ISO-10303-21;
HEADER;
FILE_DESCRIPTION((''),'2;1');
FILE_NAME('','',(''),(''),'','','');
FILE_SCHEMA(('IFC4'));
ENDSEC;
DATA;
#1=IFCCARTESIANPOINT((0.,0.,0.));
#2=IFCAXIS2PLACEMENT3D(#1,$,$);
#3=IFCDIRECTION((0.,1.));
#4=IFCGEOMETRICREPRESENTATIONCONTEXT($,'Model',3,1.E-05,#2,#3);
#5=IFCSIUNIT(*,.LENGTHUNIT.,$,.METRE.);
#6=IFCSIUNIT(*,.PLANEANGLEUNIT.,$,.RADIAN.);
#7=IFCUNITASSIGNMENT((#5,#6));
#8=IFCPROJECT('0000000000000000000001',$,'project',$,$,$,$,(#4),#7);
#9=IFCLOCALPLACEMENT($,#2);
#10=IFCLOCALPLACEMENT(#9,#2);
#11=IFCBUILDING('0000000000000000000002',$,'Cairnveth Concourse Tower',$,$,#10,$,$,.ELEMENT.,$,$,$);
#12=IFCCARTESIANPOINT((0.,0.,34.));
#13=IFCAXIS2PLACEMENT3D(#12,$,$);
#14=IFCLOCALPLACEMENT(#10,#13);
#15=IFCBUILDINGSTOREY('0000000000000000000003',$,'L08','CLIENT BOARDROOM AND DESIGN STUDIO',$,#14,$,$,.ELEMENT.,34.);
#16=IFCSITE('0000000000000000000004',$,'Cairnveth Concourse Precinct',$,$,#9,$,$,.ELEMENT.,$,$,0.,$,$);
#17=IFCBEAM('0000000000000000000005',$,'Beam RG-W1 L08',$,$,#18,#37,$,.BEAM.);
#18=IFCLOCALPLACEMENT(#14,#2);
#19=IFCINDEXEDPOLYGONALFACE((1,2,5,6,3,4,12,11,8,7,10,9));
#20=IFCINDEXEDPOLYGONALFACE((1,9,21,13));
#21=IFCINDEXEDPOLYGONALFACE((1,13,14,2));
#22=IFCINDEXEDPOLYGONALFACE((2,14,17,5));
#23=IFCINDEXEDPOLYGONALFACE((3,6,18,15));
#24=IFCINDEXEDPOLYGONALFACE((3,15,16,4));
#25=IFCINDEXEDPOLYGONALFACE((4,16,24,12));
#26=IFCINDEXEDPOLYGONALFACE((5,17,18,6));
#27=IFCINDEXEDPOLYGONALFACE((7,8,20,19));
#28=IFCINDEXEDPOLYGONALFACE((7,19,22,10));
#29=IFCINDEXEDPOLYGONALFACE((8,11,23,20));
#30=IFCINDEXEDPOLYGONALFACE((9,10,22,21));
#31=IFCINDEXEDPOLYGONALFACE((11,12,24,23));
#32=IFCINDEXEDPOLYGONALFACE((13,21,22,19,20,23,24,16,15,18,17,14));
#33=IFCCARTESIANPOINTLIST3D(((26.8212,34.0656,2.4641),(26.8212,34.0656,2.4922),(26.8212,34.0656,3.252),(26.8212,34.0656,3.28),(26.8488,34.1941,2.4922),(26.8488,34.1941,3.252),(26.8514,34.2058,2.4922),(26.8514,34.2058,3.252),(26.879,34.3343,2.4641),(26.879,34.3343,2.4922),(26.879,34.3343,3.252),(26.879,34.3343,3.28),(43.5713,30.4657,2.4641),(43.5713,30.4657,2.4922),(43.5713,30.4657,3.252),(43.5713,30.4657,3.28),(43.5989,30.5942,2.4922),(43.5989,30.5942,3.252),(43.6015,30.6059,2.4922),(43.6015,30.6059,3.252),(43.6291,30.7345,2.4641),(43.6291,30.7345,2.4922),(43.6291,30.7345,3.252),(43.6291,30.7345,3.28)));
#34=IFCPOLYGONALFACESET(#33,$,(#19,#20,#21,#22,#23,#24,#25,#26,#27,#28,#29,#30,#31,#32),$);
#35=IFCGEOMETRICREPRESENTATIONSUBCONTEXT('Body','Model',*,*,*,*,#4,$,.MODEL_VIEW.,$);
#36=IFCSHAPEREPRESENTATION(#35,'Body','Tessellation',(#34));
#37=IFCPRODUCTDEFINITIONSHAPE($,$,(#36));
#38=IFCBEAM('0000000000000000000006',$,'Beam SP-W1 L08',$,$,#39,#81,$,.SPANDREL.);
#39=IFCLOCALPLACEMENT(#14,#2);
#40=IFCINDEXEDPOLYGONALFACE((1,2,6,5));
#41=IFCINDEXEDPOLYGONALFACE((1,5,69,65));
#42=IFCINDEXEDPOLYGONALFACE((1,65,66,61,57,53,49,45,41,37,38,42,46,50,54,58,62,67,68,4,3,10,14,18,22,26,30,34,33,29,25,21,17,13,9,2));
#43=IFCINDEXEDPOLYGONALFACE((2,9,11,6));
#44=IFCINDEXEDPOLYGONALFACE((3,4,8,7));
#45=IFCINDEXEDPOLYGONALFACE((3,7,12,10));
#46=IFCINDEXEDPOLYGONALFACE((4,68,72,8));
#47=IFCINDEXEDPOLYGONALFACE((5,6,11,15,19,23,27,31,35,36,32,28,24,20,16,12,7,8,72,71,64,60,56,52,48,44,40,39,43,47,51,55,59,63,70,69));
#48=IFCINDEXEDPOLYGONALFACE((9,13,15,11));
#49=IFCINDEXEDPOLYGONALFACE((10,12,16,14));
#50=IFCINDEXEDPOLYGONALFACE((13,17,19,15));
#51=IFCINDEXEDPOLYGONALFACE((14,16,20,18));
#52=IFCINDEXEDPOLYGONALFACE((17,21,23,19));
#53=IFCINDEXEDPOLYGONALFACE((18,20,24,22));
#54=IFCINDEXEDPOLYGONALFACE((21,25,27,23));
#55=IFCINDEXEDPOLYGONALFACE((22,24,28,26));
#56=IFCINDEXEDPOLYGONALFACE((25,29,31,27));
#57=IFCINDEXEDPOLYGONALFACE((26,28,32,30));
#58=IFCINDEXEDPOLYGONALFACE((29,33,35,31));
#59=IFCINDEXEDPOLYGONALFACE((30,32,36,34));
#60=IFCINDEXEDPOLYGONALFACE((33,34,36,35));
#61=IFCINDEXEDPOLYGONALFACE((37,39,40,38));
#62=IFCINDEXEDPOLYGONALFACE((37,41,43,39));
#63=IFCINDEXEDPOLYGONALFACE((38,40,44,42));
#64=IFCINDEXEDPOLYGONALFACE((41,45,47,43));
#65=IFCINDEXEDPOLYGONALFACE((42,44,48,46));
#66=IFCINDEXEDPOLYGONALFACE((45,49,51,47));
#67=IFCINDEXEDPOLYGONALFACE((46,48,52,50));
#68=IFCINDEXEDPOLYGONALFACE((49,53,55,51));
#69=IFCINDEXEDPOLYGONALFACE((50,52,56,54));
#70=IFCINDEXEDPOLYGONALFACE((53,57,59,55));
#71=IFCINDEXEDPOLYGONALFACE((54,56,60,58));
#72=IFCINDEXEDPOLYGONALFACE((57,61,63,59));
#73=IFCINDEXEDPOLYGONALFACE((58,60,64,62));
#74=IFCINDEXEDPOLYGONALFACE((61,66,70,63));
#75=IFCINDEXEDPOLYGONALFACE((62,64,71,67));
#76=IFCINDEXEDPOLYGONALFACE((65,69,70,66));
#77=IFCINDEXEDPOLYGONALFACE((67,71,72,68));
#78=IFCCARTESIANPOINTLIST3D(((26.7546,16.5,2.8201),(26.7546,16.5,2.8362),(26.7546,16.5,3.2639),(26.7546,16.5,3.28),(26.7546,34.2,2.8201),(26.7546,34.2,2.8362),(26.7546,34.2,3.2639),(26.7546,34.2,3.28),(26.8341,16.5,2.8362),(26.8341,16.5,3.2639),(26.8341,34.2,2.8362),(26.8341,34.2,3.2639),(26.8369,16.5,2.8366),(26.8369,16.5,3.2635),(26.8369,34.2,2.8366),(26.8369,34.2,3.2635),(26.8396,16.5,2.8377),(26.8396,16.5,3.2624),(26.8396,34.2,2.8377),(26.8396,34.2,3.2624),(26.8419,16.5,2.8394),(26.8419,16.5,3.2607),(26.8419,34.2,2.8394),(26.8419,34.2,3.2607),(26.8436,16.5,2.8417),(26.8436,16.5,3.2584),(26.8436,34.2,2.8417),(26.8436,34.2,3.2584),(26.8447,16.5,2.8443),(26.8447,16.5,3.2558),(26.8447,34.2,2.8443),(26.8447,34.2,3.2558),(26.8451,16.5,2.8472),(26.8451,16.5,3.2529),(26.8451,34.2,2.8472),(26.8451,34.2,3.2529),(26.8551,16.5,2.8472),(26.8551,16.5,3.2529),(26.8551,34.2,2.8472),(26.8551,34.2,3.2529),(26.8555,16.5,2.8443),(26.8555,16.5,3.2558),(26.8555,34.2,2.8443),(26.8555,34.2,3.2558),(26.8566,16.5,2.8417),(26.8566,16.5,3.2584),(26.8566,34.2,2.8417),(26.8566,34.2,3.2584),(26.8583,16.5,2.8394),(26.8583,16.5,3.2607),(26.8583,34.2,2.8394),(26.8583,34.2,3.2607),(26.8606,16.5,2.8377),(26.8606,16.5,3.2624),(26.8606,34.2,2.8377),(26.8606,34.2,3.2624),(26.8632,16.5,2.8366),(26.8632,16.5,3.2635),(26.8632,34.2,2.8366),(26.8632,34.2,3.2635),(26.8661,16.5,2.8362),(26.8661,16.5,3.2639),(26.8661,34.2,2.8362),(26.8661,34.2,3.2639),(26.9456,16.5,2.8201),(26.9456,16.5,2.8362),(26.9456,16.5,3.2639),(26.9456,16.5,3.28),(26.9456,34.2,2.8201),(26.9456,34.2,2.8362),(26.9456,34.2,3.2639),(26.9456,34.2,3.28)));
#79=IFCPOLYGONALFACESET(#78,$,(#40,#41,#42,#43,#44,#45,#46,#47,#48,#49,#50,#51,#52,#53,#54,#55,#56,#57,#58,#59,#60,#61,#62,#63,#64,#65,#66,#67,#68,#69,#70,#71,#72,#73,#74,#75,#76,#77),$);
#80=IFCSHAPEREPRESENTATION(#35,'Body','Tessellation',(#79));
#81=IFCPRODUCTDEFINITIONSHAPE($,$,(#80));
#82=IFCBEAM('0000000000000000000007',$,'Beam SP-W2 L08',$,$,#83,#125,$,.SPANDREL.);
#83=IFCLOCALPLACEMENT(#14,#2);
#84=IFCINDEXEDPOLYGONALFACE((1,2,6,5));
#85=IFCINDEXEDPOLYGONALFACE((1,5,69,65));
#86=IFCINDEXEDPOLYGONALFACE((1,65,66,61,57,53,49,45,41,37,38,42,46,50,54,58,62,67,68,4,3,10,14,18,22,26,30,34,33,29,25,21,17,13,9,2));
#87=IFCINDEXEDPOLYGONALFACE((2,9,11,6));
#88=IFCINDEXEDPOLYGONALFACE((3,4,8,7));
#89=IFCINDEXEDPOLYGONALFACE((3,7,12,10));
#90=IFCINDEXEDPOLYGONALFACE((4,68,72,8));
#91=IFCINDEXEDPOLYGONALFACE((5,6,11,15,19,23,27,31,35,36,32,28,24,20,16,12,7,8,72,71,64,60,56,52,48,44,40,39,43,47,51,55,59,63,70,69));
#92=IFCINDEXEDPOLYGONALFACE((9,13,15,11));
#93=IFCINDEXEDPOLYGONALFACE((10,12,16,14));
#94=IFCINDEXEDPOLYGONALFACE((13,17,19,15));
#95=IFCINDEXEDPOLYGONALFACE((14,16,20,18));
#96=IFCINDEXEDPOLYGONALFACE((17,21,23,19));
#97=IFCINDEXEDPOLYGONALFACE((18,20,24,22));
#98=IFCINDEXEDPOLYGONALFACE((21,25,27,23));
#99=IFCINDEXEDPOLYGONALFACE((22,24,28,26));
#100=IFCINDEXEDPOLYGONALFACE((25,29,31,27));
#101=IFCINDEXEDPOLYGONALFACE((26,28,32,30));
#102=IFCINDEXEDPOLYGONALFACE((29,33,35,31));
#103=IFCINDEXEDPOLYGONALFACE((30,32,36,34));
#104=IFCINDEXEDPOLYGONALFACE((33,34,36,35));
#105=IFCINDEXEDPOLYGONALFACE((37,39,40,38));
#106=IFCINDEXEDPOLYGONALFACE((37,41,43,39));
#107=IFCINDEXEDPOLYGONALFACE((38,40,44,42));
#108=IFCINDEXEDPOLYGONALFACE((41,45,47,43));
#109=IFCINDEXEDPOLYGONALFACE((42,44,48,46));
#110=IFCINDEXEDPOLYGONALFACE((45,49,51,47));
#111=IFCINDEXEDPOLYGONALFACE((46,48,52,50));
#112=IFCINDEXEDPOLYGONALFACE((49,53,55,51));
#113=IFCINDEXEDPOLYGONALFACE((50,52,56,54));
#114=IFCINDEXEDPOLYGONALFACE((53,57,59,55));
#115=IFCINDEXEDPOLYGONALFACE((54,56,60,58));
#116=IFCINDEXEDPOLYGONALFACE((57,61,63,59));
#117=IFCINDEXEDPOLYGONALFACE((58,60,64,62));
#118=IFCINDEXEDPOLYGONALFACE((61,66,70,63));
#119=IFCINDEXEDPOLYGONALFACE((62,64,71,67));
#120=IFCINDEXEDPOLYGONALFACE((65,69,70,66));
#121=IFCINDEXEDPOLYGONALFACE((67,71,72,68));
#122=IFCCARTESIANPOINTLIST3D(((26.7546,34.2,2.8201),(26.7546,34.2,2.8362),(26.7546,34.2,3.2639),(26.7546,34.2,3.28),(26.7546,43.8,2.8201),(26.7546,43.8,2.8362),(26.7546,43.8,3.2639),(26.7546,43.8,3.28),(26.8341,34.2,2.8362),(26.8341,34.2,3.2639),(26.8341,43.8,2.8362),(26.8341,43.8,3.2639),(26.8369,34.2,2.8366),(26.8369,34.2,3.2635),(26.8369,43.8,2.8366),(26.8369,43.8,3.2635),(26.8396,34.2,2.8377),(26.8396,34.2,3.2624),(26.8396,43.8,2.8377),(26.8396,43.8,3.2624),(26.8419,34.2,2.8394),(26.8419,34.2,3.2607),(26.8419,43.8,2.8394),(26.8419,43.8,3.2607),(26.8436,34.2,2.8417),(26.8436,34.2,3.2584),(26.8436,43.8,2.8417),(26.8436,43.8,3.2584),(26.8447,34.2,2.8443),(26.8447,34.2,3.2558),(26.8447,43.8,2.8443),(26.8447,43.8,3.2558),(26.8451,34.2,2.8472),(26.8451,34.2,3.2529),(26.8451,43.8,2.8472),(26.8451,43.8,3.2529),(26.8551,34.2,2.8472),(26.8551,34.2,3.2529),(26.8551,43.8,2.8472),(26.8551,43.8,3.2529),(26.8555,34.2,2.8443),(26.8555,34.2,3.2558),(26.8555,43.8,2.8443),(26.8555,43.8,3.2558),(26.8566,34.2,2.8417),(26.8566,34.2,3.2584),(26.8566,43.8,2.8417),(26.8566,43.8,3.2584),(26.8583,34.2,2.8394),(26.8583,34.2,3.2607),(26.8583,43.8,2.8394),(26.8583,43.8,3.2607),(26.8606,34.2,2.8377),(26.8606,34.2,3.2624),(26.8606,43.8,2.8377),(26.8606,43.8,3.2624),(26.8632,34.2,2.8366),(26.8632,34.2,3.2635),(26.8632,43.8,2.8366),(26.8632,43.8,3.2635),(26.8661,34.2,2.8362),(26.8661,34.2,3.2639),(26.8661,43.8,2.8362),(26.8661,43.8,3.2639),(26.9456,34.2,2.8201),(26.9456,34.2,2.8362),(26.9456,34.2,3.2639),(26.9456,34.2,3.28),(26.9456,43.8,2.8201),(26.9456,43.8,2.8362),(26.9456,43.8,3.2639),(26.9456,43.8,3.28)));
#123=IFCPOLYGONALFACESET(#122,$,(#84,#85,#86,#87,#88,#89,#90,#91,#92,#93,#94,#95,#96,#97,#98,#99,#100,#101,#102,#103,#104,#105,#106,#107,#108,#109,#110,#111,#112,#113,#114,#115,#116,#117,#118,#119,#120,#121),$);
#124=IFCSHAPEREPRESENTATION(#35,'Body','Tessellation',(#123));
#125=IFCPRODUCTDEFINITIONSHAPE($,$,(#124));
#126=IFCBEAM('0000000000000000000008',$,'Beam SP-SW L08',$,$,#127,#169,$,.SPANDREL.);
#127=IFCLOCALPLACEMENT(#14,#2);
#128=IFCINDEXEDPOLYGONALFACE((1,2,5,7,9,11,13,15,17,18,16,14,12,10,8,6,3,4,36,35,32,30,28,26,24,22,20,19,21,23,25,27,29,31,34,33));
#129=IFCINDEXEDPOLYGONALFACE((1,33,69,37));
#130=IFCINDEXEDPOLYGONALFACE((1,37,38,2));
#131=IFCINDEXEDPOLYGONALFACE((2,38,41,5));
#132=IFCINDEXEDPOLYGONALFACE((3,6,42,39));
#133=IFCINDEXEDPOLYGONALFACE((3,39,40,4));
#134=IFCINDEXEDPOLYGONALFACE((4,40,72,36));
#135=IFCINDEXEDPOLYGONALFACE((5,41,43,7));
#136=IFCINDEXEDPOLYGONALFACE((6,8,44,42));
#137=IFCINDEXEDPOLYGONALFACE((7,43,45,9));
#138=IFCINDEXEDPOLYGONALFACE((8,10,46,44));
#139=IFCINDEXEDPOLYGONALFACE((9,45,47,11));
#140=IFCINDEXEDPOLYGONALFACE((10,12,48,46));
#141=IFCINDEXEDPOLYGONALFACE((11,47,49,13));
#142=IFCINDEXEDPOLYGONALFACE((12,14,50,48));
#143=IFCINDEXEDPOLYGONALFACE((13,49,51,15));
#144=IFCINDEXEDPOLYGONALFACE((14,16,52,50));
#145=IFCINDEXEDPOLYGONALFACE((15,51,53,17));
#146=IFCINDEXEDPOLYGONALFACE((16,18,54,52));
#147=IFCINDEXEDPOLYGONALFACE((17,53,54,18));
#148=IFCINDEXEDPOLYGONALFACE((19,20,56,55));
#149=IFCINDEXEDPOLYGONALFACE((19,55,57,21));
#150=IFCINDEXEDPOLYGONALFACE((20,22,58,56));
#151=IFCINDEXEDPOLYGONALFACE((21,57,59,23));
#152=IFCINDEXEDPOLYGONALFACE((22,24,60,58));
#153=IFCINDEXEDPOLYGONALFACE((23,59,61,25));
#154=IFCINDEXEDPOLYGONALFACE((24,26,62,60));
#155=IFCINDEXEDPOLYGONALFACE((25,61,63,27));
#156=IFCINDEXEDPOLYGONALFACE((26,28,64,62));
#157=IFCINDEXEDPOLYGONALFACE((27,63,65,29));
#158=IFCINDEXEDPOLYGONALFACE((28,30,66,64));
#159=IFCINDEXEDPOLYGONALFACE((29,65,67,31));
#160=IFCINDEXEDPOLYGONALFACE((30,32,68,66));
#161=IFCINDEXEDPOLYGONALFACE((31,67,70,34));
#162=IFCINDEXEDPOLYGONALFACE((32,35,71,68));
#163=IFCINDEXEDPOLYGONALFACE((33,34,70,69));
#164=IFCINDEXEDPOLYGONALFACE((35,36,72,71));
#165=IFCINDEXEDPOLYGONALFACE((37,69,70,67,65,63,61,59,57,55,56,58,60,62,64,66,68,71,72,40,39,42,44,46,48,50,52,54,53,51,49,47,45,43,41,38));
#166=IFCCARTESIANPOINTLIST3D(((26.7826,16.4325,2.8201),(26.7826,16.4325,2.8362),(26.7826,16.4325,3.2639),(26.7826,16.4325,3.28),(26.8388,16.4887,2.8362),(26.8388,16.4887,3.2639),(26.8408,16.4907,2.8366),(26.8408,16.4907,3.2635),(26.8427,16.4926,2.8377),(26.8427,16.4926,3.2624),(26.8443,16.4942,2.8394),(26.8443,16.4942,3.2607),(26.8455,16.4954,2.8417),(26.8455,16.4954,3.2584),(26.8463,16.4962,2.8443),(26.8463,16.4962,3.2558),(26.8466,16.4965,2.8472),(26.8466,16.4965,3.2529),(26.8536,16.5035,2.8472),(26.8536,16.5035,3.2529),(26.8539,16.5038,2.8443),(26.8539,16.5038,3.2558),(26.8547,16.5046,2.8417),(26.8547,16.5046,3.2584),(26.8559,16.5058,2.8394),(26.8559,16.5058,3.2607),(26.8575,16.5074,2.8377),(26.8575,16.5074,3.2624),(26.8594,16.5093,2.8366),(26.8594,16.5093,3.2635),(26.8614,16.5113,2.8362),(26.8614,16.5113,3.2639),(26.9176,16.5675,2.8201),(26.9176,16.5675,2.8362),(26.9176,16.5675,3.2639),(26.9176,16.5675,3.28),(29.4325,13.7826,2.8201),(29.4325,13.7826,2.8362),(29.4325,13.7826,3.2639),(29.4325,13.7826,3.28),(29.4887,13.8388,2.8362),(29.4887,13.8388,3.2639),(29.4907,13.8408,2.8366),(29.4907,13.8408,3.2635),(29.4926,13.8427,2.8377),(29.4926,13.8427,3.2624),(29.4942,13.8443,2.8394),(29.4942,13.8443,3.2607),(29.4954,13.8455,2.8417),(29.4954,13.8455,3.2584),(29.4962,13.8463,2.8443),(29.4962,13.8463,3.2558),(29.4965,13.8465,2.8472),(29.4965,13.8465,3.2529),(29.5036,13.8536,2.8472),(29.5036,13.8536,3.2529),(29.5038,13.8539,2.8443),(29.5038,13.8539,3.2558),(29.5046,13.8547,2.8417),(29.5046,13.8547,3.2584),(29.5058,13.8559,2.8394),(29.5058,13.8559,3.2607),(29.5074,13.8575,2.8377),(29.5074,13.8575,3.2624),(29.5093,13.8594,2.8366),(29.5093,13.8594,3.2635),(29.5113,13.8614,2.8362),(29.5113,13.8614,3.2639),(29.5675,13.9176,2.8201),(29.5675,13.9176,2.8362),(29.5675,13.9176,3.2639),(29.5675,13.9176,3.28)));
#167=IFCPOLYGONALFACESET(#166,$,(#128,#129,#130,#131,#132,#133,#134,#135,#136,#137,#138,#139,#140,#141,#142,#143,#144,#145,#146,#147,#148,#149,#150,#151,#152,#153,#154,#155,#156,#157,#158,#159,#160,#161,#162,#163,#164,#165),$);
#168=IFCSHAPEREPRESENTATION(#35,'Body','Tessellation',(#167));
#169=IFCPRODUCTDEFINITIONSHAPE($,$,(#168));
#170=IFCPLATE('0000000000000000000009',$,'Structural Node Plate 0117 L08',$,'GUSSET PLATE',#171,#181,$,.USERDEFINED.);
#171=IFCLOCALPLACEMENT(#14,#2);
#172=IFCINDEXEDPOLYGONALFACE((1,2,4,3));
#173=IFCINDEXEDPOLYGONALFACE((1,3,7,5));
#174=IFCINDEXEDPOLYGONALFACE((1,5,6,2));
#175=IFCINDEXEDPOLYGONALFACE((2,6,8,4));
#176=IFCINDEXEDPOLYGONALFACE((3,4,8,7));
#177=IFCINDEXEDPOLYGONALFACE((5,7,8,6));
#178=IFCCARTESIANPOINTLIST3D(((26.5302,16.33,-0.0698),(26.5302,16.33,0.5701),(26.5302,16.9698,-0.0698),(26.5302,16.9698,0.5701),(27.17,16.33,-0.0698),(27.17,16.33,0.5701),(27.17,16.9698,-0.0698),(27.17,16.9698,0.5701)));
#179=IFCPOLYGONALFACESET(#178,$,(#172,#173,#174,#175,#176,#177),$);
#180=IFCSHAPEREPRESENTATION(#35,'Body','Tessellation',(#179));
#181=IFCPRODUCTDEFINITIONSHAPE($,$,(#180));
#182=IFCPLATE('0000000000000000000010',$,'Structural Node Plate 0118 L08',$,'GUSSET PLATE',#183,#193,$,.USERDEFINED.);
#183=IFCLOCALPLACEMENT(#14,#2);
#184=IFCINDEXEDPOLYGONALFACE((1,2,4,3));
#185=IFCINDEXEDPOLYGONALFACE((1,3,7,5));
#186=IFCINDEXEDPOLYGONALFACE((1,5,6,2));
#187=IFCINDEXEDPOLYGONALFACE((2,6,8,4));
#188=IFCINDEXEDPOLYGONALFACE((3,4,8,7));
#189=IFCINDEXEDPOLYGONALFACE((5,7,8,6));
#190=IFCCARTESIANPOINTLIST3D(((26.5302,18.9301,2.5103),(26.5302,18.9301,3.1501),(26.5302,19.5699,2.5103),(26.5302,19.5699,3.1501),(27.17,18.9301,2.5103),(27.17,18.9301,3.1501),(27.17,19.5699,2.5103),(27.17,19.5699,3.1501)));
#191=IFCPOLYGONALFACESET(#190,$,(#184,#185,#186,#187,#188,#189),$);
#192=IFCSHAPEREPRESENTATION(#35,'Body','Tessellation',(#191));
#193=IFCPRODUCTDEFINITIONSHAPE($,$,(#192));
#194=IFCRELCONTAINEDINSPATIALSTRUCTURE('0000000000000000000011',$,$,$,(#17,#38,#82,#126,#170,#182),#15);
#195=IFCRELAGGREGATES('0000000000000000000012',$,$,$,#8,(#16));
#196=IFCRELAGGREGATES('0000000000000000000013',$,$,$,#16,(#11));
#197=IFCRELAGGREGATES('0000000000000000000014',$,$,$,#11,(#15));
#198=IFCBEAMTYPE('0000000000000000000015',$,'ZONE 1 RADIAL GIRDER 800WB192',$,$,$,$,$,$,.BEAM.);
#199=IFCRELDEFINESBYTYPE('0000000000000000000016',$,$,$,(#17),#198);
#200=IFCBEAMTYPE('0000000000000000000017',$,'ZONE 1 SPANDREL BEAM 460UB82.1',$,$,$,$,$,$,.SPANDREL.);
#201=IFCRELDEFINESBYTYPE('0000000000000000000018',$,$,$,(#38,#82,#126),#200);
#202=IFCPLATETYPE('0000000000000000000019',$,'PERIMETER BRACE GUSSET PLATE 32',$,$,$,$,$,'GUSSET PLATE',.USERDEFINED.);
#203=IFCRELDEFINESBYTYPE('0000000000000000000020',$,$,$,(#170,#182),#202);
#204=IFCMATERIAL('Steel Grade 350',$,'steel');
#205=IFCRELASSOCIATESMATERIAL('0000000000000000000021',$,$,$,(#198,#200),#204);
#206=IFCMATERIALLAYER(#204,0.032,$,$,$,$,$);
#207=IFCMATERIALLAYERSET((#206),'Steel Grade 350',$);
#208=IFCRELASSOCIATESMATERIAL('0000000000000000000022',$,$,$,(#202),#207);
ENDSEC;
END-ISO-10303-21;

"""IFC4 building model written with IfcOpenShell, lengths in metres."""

from ifc_helpers import new_model, si_unit, direction, frame, origin, origin_2d, place, context, subcontext, project, spatial, rectangle, i_section, extrude, material, layer, layer_set, material_profile, profile_set, type_object, element, save


model = new_model("IFC4")

# Units and contexts
model_context = context("Model", 3, precision=1e-05, world=origin(), true_north=direction((0.0, 1.0)))
body_context = subcontext(model_context, "Body", "Model", "MODEL_VIEW")
ifc_project = project(units=[si_unit("LENGTHUNIT", "METRE"), si_unit("PLANEANGLEUNIT", "RADIAN")], contexts=[model_context])

# Site, building, storey
site_placement = place(None, origin())
site = spatial("IfcSite", under=ifc_project, at=site_placement, Name="Cairnveth Concourse Precinct", CompositionType="ELEMENT", RefElevation=0.0)
building_placement = place(site_placement, origin())
building = spatial("IfcBuilding", under=site, at=building_placement, Name="Cairnveth Concourse Tower", CompositionType="ELEMENT")
storey_placement = place(building_placement, frame((0.0, 0.0, 34.0)))
storey = spatial("IfcBuildingStorey", under=building, at=storey_placement, Name="L08", Description="CLIENT BOARDROOM AND DESIGN STUDIO", CompositionType="ELEMENT", Elevation=34.0)

# Shared definitions
ifc_material_1 = material(Name="Steel Grade 350", Category="steel")

# Beams
ifc_material_profile_1 = material_profile(ifc_material_1, i_section(OverallWidth=0.2749, OverallDepth=0.8159, WebThickness=0.012, FlangeThickness=0.0281, at=origin_2d()), Name="800WB192")
ifc_profile_set_1 = profile_set([ifc_material_profile_1], Name="Steel Grade 350")
beam_type_1 = type_object("IfcBeamType", Name="ZONE 1 RADIAL GIRDER 800WB192", PredefinedType="BEAM", material=ifc_profile_set_1)
beam_1_placement = place(storey_placement, frame((26.8501, 34.2, 2.8721), z_axis=(0.977676, -0.210119, 0.0), x_axis=(0.210119, 0.977676, 0.0)))
element("IfcBeam", 1, at=beam_1_placement, inside=storey, type_object=beam_type_1, Name="Beam RG-W1 L08", PredefinedType="BEAM", context=body_context, shape_type="SweptSolid", body=[
    extrude(i_section(OverallWidth=0.2749, OverallDepth=0.8159, WebThickness=0.012, FlangeThickness=0.0281, at=origin_2d()), origin(), (0.0, 0.0, 1.0), 17.1326),
])
ifc_material_profile_2 = material_profile(ifc_material_1, i_section(OverallWidth=0.1909, OverallDepth=0.46, WebThickness=0.01, FlangeThickness=0.0161, FilletRadius=0.011, at=origin_2d()), Name="460UB82.1")
ifc_profile_set_2 = profile_set([ifc_material_profile_2], Name="Steel Grade 350")
beam_type_2 = type_object("IfcBeamType", Name="ZONE 1 SPANDREL BEAM 460UB82.1", PredefinedType="SPANDREL", material=ifc_profile_set_2)
beam_2_placement = place(storey_placement, frame((26.8501, 16.5, 3.05), z_axis=(0.0, 1.0, 0.0), x_axis=(-1.0, 0.0, 0.0)))
element("IfcBeam", 2, at=beam_2_placement, inside=storey, type_object=beam_type_2, Name="Beam SP-W1 L08", PredefinedType="SPANDREL", context=body_context, shape_type="SweptSolid", body=[
    extrude(i_section(OverallWidth=0.1909, OverallDepth=0.46, WebThickness=0.01, FlangeThickness=0.0161, FilletRadius=0.011, at=origin_2d()), origin(), (0.0, 0.0, 1.0), 17.7),
])
beam_3_placement = place(storey_placement, frame((26.8501, 34.2, 3.05), z_axis=(0.0, 1.0, 0.0), x_axis=(-1.0, 0.0, 0.0)))
element("IfcBeam", 3, at=beam_3_placement, inside=storey, type_object=beam_type_2, Name="Beam SP-W2 L08", PredefinedType="SPANDREL", context=body_context, shape_type="SweptSolid", body=[
    extrude(i_section(OverallWidth=0.1909, OverallDepth=0.46, WebThickness=0.01, FlangeThickness=0.0161, FilletRadius=0.011, at=origin_2d()), origin(), (0.0, 0.0, 1.0), 9.6001),
])
beam_4_placement = place(storey_placement, frame((26.8501, 16.5, 3.05), z_axis=(0.707107, -0.707107, 0.0), x_axis=(0.707107, 0.707107, 0.0)))
element("IfcBeam", 4, at=beam_4_placement, inside=storey, type_object=beam_type_2, Name="Beam SP-SW L08", PredefinedType="SPANDREL", context=body_context, shape_type="SweptSolid", body=[
    extrude(i_section(OverallWidth=0.1909, OverallDepth=0.46, WebThickness=0.01, FlangeThickness=0.0161, FilletRadius=0.011, at=origin_2d()), origin(), (0.0, 0.0, 1.0), 3.7476),
])

# Plates
ifc_layer_1 = layer(ifc_material_1, 0.032)
ifc_layer_set_1 = layer_set([ifc_layer_1], Name="Steel Grade 350")
plate_type = type_object("IfcPlateType", Name="PERIMETER BRACE GUSSET PLATE 32", ElementType="GUSSET PLATE", PredefinedType="USERDEFINED", material=ifc_layer_set_1)
for number, where, z_axis, x_axis, name in (
    (5, (26.8501, 16.6499, -0.0698), (0.0, 0.0, 1.0), (1.0, 0.0, 0.0), "Structural Node Plate 0117 L08"),
    (6, (26.8501, 19.25, 2.5103), (0.0, 0.0, 1.0), (1.0, 0.0, 0.0), "Structural Node Plate 0118 L08"),
):
    element("IfcPlate", number, at=place(storey_placement, frame(where, z_axis=z_axis, x_axis=x_axis)), inside=storey, type_object=plate_type, Name=name, ObjectType="GUSSET PLATE", PredefinedType="USERDEFINED", context=body_context, shape_type="SweptSolid", body=[
        extrude(rectangle(XDim=0.6399, YDim=0.6399, at=origin_2d()), origin(), (0.0, 0.0, 1.0), 0.6399),
    ])

save(model, "model.ifc")
